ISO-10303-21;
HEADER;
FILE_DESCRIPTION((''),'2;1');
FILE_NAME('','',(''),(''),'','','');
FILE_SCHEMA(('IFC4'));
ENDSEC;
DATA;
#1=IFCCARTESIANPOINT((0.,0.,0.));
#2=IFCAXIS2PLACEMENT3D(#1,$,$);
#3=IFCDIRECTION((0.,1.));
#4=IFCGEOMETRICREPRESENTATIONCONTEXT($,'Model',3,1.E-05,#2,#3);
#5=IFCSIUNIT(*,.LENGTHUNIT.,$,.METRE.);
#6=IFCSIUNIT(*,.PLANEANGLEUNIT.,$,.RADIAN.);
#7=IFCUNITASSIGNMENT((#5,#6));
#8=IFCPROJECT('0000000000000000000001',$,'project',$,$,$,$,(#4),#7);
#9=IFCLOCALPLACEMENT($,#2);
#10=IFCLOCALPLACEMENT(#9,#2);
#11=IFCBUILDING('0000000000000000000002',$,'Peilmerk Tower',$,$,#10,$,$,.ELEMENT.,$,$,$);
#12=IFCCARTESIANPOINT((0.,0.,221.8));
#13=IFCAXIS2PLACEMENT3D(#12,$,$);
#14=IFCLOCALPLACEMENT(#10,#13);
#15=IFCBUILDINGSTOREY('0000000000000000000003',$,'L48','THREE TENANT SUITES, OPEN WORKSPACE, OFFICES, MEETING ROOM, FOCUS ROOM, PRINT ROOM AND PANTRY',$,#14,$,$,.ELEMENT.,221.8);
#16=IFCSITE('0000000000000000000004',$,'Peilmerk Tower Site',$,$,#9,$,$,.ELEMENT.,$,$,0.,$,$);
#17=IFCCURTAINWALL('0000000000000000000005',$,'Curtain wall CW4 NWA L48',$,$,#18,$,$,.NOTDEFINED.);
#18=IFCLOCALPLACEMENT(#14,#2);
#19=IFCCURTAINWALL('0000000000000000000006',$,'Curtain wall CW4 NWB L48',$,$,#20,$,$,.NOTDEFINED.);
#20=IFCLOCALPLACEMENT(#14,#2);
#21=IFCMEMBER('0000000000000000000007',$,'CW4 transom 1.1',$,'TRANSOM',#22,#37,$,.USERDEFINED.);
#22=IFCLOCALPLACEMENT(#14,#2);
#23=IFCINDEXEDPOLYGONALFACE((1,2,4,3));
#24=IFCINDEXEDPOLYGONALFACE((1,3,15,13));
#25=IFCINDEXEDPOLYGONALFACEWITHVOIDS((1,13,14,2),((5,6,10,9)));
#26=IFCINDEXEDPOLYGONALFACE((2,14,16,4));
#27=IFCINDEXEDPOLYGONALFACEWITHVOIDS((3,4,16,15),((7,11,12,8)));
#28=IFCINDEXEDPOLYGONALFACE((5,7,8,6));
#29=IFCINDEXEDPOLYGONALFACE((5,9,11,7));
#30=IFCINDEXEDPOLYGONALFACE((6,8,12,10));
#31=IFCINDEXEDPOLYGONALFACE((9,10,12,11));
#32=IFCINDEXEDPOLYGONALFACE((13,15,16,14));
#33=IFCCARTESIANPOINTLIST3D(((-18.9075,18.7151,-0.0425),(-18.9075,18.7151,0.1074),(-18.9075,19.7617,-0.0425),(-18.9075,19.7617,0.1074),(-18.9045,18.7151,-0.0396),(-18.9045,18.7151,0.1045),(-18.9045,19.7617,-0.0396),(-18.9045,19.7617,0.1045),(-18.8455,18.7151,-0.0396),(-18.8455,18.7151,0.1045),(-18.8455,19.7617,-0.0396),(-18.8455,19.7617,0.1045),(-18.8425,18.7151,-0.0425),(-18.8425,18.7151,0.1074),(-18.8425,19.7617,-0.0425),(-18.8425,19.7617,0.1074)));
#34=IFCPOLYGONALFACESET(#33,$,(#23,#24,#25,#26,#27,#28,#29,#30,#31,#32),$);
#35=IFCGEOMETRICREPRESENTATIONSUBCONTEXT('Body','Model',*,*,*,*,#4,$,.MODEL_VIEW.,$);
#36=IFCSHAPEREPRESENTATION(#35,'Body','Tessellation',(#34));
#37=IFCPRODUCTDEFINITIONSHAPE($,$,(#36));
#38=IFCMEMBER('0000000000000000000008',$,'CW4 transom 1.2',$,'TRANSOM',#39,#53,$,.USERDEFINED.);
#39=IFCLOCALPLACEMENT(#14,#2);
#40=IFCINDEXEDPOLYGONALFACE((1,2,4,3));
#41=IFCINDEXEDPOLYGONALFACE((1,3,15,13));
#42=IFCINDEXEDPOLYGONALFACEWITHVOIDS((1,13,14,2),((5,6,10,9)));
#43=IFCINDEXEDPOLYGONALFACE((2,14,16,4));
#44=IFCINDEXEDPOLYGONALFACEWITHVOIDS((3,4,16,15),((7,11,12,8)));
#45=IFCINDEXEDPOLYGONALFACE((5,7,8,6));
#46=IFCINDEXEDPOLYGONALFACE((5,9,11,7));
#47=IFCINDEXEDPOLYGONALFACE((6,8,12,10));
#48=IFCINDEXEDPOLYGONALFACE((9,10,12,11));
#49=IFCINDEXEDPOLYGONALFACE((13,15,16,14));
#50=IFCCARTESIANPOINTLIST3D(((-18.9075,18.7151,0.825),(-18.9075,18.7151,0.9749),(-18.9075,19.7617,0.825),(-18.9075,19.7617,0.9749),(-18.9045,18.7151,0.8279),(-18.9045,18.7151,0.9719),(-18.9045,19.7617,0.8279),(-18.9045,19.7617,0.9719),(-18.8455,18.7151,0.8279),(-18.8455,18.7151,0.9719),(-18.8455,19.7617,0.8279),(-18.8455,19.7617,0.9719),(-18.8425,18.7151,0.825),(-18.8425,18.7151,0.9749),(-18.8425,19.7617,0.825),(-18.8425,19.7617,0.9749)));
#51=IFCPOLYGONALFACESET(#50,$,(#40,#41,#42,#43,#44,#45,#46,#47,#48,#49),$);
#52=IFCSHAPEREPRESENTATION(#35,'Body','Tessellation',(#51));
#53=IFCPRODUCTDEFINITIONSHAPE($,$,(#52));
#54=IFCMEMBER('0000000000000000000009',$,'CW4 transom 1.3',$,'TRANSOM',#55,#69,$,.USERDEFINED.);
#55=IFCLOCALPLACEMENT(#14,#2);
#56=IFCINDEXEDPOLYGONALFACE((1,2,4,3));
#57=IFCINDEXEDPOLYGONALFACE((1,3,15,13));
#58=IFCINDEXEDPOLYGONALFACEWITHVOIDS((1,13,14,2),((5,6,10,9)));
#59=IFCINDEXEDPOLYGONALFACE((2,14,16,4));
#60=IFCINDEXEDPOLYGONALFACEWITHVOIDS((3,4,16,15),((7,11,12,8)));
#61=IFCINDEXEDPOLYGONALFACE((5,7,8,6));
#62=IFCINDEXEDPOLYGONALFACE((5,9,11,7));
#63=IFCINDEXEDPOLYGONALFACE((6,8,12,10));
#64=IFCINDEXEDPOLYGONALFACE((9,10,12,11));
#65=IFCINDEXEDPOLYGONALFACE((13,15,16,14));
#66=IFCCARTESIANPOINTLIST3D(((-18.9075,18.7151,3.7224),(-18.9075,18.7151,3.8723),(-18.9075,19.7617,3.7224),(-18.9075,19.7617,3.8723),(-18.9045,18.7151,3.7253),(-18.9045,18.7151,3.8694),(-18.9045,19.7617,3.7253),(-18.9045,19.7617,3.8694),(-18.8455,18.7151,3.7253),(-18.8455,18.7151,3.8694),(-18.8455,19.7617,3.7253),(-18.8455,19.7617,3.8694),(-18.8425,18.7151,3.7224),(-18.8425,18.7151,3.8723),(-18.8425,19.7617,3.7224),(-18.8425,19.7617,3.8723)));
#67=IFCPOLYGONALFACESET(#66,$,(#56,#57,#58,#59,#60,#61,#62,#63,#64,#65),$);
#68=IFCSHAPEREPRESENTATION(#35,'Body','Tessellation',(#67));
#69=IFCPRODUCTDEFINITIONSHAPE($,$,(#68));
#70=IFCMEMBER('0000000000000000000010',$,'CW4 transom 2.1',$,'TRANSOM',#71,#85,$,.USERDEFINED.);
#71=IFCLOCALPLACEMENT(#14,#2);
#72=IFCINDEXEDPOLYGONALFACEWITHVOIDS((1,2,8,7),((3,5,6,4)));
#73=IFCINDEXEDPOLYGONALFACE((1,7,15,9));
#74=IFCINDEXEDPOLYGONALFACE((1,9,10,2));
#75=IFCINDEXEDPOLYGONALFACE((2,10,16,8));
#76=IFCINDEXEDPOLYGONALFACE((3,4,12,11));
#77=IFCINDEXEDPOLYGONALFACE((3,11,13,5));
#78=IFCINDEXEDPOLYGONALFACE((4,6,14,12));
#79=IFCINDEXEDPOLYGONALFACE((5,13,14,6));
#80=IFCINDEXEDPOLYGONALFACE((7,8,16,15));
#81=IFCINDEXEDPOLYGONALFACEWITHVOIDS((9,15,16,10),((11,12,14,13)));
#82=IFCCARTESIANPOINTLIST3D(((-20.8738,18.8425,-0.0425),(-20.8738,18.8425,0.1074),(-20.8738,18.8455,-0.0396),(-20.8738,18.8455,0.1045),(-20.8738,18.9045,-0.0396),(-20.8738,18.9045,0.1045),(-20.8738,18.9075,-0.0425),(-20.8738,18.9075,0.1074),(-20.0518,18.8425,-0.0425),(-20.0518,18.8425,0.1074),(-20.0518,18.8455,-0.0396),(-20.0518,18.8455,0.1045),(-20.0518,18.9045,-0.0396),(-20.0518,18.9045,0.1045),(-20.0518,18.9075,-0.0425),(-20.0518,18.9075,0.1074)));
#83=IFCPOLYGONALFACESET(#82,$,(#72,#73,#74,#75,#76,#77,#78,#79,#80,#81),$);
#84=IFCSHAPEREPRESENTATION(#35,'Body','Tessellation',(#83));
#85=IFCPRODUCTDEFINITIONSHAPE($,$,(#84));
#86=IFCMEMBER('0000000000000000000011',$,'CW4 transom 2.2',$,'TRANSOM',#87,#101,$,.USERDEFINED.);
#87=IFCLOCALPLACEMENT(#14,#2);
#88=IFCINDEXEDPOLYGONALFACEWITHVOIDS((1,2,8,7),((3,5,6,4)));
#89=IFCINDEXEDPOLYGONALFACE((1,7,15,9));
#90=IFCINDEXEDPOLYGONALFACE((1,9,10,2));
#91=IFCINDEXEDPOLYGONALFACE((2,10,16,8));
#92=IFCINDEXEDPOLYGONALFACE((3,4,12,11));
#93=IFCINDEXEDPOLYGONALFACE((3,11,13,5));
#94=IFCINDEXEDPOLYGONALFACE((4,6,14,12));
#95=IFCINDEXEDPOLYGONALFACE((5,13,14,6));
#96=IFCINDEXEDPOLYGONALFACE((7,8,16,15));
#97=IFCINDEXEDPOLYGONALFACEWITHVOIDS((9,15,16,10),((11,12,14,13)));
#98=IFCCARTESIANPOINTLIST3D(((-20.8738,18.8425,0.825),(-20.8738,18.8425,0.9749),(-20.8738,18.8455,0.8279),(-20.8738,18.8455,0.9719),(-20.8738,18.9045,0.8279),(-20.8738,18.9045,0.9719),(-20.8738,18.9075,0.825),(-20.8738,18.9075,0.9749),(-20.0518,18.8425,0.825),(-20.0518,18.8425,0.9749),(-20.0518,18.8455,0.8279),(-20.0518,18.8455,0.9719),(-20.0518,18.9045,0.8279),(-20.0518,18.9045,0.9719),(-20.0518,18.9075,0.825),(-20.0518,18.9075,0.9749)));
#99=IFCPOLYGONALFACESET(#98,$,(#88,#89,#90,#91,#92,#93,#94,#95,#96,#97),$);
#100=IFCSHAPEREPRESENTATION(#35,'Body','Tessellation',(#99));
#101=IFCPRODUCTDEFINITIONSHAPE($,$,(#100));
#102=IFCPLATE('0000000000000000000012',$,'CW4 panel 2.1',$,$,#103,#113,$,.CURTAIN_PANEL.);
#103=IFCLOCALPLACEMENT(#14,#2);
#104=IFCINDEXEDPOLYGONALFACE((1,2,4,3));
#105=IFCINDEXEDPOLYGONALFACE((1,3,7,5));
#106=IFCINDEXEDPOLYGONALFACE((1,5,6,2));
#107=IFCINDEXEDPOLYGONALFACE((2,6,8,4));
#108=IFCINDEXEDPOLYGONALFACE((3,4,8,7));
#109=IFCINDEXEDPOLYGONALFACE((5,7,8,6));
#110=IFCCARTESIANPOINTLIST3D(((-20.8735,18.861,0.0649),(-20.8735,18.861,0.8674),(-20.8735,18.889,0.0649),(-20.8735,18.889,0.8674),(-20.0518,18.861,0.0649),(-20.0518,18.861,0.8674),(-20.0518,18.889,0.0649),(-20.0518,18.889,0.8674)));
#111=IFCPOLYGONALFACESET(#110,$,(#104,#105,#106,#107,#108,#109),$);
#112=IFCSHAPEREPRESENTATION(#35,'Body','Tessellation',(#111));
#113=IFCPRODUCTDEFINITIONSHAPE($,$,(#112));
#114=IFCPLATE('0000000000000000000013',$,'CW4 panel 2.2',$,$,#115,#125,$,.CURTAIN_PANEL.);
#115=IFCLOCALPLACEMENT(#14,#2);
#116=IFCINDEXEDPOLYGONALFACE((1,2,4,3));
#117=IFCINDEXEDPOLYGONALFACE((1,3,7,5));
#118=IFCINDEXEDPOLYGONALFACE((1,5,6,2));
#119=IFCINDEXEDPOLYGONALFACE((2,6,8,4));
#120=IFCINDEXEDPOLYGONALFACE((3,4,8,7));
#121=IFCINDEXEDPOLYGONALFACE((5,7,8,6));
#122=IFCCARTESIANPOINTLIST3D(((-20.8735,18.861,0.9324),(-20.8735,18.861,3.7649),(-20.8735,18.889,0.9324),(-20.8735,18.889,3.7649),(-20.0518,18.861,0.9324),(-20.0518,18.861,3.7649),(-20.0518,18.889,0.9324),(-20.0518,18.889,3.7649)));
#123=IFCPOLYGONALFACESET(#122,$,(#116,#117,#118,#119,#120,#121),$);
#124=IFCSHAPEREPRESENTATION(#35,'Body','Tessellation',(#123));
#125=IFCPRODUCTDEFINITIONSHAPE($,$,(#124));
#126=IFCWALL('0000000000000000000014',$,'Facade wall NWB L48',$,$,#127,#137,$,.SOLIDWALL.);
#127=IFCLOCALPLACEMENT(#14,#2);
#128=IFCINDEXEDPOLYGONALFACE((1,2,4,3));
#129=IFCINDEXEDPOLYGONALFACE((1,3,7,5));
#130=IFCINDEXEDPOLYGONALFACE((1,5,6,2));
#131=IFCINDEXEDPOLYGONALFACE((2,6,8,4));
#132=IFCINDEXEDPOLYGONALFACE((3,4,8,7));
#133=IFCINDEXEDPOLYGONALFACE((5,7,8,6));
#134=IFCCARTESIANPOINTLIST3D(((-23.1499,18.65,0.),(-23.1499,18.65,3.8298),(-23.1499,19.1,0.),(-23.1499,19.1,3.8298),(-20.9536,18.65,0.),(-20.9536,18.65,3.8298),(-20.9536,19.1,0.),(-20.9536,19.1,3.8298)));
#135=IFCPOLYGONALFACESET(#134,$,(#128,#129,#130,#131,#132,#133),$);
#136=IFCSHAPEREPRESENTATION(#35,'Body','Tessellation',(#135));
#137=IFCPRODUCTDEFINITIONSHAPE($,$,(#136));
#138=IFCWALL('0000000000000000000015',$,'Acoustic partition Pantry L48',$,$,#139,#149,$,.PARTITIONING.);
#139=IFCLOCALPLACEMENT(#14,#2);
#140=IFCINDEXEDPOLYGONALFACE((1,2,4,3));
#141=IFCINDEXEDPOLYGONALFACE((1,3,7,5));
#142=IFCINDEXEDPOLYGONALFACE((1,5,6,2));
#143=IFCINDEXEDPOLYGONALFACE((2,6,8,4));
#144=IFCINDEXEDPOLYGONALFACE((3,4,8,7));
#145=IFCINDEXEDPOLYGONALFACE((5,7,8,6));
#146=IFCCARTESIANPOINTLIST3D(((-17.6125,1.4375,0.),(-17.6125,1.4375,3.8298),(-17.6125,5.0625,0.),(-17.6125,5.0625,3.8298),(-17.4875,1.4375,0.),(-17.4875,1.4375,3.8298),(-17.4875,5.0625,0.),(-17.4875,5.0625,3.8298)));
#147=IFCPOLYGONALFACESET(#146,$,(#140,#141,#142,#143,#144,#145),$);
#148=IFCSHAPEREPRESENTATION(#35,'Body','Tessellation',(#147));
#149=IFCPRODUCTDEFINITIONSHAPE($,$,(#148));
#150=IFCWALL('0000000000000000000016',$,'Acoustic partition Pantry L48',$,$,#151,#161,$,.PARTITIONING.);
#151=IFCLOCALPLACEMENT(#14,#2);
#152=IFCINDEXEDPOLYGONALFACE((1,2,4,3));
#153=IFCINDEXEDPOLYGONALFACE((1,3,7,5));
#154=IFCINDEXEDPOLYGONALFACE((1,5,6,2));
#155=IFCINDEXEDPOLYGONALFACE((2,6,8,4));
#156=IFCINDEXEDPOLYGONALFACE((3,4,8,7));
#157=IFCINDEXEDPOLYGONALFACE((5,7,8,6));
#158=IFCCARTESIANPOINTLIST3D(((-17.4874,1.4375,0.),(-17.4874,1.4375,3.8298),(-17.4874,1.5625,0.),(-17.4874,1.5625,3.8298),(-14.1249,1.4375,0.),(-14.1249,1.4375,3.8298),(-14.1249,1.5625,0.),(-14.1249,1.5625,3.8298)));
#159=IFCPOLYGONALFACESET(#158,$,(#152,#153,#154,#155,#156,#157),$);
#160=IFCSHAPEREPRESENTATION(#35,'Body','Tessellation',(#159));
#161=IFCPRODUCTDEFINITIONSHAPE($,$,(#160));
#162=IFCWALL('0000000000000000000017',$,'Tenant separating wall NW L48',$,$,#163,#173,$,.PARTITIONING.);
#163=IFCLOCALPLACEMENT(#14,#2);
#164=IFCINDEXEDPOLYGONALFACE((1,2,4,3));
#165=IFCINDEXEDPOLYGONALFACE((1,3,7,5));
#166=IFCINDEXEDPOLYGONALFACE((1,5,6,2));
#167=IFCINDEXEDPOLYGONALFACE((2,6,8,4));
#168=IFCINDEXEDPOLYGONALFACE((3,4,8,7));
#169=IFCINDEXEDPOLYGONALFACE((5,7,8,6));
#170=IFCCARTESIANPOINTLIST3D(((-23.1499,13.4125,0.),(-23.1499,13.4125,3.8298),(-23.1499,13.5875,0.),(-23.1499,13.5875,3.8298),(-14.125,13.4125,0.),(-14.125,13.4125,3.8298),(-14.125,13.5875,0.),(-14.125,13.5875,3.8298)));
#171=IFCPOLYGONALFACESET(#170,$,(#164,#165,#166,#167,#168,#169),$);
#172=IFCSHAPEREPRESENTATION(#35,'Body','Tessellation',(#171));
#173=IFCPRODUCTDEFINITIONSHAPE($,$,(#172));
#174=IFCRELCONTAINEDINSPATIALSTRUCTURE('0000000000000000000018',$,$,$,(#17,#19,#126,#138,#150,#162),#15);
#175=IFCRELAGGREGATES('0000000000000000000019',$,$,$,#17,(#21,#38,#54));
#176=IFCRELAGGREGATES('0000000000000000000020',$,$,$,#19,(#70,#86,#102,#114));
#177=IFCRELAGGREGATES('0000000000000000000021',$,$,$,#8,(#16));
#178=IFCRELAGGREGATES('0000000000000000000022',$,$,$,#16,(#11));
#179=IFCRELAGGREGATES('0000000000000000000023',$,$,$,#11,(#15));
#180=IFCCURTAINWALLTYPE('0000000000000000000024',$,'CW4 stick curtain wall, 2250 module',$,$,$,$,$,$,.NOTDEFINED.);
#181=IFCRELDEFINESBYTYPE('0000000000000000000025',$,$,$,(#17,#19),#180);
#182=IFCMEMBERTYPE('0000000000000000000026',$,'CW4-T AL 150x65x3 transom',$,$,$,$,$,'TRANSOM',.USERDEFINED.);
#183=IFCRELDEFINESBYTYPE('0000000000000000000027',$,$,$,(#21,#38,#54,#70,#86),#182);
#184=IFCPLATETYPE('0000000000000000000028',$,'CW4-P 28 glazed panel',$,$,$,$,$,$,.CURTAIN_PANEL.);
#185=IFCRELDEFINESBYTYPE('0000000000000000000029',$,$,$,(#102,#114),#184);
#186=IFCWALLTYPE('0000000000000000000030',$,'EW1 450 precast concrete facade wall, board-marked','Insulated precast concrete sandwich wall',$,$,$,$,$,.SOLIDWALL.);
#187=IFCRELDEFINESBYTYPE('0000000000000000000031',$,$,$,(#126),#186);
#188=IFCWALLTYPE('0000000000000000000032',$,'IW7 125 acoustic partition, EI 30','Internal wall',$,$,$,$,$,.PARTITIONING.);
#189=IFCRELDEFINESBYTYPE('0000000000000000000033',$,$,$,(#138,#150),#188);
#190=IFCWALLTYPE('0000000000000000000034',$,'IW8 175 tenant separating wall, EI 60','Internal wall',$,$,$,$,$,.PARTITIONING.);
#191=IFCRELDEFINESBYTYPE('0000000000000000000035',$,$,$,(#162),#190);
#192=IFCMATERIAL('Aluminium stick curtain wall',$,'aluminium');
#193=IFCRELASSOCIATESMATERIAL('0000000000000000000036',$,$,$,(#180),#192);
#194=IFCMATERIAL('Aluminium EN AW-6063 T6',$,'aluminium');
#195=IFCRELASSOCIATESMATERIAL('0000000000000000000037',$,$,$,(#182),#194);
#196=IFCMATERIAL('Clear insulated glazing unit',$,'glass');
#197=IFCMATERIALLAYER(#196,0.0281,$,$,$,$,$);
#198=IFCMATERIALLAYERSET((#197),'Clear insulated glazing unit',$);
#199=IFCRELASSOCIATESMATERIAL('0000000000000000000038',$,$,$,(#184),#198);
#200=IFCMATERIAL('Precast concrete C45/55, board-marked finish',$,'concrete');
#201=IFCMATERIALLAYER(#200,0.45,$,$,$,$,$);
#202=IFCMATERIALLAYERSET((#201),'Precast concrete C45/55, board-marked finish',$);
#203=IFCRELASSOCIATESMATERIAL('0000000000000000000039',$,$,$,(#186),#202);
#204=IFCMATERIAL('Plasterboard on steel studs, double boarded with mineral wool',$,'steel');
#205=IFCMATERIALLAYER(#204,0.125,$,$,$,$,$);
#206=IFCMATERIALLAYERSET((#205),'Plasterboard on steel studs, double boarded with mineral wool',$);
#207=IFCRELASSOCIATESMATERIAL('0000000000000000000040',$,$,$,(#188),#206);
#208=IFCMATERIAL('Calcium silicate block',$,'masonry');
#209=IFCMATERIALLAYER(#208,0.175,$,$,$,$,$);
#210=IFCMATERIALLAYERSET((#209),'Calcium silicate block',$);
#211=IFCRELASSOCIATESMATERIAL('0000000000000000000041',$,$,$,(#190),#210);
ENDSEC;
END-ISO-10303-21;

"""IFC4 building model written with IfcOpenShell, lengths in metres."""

from ifc_helpers import new_model, si_unit, direction, frame, frame_2d, origin, origin_2d, place, context, subcontext, project, spatial, rectangle, hollow_rectangle, extrude, material, layer, layer_set, material_profile, profile_set, type_object, element, aggregate, save


model = new_model("IFC4")

# Units and contexts
model_context = context("Model", 3, precision=1e-05, world=origin(), true_north=direction((0.0, 1.0)))
body_context = subcontext(model_context, "Body", "Model", "MODEL_VIEW")
ifc_project = project(units=[si_unit("LENGTHUNIT", "METRE"), si_unit("PLANEANGLEUNIT", "RADIAN")], contexts=[model_context])

# Site, building, storey
site_placement = place(None, origin())
site = spatial("IfcSite", under=ifc_project, at=site_placement, Name="Peilmerk Tower Site", CompositionType="ELEMENT", RefElevation=0.0)
building_placement = place(site_placement, origin())
building = spatial("IfcBuilding", under=site, at=building_placement, Name="Peilmerk Tower", CompositionType="ELEMENT")
storey_placement = place(building_placement, frame((0.0, 0.0, 221.8)))
storey = spatial("IfcBuildingStorey", under=building, at=storey_placement, Name="L48", Description="THREE TENANT SUITES, OPEN WORKSPACE, OFFICES, MEETING ROOM, FOCUS ROOM, PRINT ROOM AND PANTRY", CompositionType="ELEMENT", Elevation=221.8)

# Curtain walls
ifc_material_1 = material(Name="Aluminium stick curtain wall", Category="aluminium")
curtain_wall_type = type_object("IfcCurtainWallType", Name="CW4 stick curtain wall, 2250 module", PredefinedType="NOTDEFINED", material=ifc_material_1)
curtain_wall_1_placement = place(storey_placement, origin())
curtain_wall_1 = element("IfcCurtainWall", 1, at=curtain_wall_1_placement, inside=storey, type_object=curtain_wall_type, Name="Curtain wall CW4 NWA L48", PredefinedType="NOTDEFINED")
ifc_material_2 = material(Name="Aluminium EN AW-6063 T6", Category="aluminium")
curtain_wall_2_placement = place(storey_placement, origin())
curtain_wall_2 = element("IfcCurtainWall", 2, at=curtain_wall_2_placement, inside=storey, type_object=curtain_wall_type, Name="Curtain wall CW4 NWB L48", PredefinedType="NOTDEFINED")

# Members
ifc_material_profile_1 = material_profile(ifc_material_2, hollow_rectangle(XDim=0.0649, YDim=0.1499, WallThickness=0.0029, at=origin_2d()), Name="AL 150x65x3")
ifc_profile_set_1 = profile_set([ifc_material_profile_1], Name="Aluminium EN AW-6063 T6")
member_type_1 = type_object("IfcMemberType", Name="CW4-T AL 150x65x3 transom", ElementType="TRANSOM", PredefinedType="USERDEFINED", material=ifc_profile_set_1)
member_1_placement = place(storey_placement, frame((-18.875, 18.7151, 0.0325), z_axis=(0.0, 1.0, 0.0), x_axis=(-1.0, 0.0, 0.0)))
member_1 = element("IfcMember", 3, at=member_1_placement, type_object=member_type_1, Name="CW4 transom 1.1", ObjectType="TRANSOM", PredefinedType="USERDEFINED", context=body_context, shape_type="SweptSolid", body=[
    extrude(hollow_rectangle(XDim=0.0649, YDim=0.1499, WallThickness=0.0029, at=origin_2d()), origin(), (0.0, 0.0, 1.0), 1.0466),
])
member_2_placement = place(storey_placement, frame((-18.875, 18.7151, 0.8999), z_axis=(0.0, 1.0, 0.0), x_axis=(-1.0, 0.0, 0.0)))
member_2 = element("IfcMember", 4, at=member_2_placement, type_object=member_type_1, Name="CW4 transom 1.2", ObjectType="TRANSOM", PredefinedType="USERDEFINED", context=body_context, shape_type="SweptSolid", body=[
    extrude(hollow_rectangle(XDim=0.0649, YDim=0.1499, WallThickness=0.0029, at=origin_2d()), origin(), (0.0, 0.0, 1.0), 1.0466),
])
member_3_placement = place(storey_placement, frame((-18.875, 18.7151, 3.7974), z_axis=(0.0, 1.0, 0.0), x_axis=(-1.0, 0.0, 0.0)))
member_3 = element("IfcMember", 5, at=member_3_placement, type_object=member_type_1, Name="CW4 transom 1.3", ObjectType="TRANSOM", PredefinedType="USERDEFINED", context=body_context, shape_type="SweptSolid", body=[
    extrude(hollow_rectangle(XDim=0.0649, YDim=0.1499, WallThickness=0.0029, at=origin_2d()), origin(), (0.0, 0.0, 1.0), 1.0466),
])
aggregate(curtain_wall_1, [member_1, member_2, member_3])
member_4_placement = place(storey_placement, frame((-20.0518, 18.875, 0.0325), z_axis=(-1.0, 0.0, 0.0), x_axis=(0.0, -1.0, 0.0)))
member_4 = element("IfcMember", 6, at=member_4_placement, type_object=member_type_1, Name="CW4 transom 2.1", ObjectType="TRANSOM", PredefinedType="USERDEFINED", context=body_context, shape_type="SweptSolid", body=[
    extrude(hollow_rectangle(XDim=0.0649, YDim=0.1499, WallThickness=0.0029, at=origin_2d()), origin(), (0.0, 0.0, 1.0), 0.822),
])
member_5_placement = place(storey_placement, frame((-20.0518, 18.875, 0.8999), z_axis=(-1.0, 0.0, 0.0), x_axis=(0.0, -1.0, 0.0)))
member_5 = element("IfcMember", 7, at=member_5_placement, type_object=member_type_1, Name="CW4 transom 2.2", ObjectType="TRANSOM", PredefinedType="USERDEFINED", context=body_context, shape_type="SweptSolid", body=[
    extrude(hollow_rectangle(XDim=0.0649, YDim=0.1499, WallThickness=0.0029, at=origin_2d()), origin(), (0.0, 0.0, 1.0), 0.822),
])

# Plates
ifc_material_3 = material(Name="Clear insulated glazing unit", Category="glass")
ifc_layer_1 = layer(ifc_material_3, 0.0281)
ifc_layer_set_1 = layer_set([ifc_layer_1], Name="Clear insulated glazing unit")
plate_type = type_object("IfcPlateType", Name="CW4-P 28 glazed panel", PredefinedType="CURTAIN_PANEL", material=ifc_layer_set_1)
plate_1_placement = place(storey_placement, frame((-20.4626, 18.875, 0.0649), z_axis=(0.0, 0.0, 1.0), x_axis=(-1.0, 0.0, 0.0)))
plate_1 = element("IfcPlate", 8, at=plate_1_placement, type_object=plate_type, Name="CW4 panel 2.1", PredefinedType="CURTAIN_PANEL", context=body_context, shape_type="SweptSolid", body=[
    extrude(rectangle(XDim=0.8218, YDim=0.0281, at=origin_2d()), origin(), (0.0, 0.0, 1.0), 0.8025),
])
plate_2_placement = place(storey_placement, frame((-20.4626, 18.875, 0.9324), z_axis=(0.0, 0.0, 1.0), x_axis=(-1.0, 0.0, 0.0)))
plate_2 = element("IfcPlate", 9, at=plate_2_placement, type_object=plate_type, Name="CW4 panel 2.2", PredefinedType="CURTAIN_PANEL", context=body_context, shape_type="SweptSolid", body=[
    extrude(rectangle(XDim=0.8218, YDim=0.0281, at=origin_2d()), origin(), (0.0, 0.0, 1.0), 2.8325),
])
aggregate(curtain_wall_2, [member_4, member_5, plate_1, plate_2])

# Walls
ifc_material_4 = material(Name="Precast concrete C45/55, board-marked finish", Category="concrete")
ifc_layer_2 = layer(ifc_material_4, 0.45)
ifc_layer_set_2 = layer_set([ifc_layer_2], Name="Precast concrete C45/55, board-marked finish")
wall_type_1 = type_object("IfcWallType", Name="EW1 450 precast concrete facade wall, board-marked", Description="Insulated precast concrete sandwich wall", PredefinedType="SOLIDWALL", material=ifc_layer_set_2)
wall_1_placement = place(storey_placement, frame((-20.9536, 18.875, 0.0), z_axis=(0.0, 0.0, 1.0), x_axis=(-1.0, 0.0, 0.0)))
element("IfcWall", 10, at=wall_1_placement, inside=storey, type_object=wall_type_1, Name="Facade wall NWB L48", PredefinedType="SOLIDWALL", context=body_context, shape_type="SweptSolid", body=[
    extrude(rectangle(XDim=2.1963, YDim=0.45, at=frame_2d((1.0981, 0.0))), origin(), (0.0, 0.0, 1.0), 3.8298),
])
ifc_material_5 = material(Name="Plasterboard on steel studs, double boarded with mineral wool", Category="steel")
ifc_layer_3 = layer(ifc_material_5, 0.125)
ifc_layer_set_3 = layer_set([ifc_layer_3], Name="Plasterboard on steel studs, double boarded with mineral wool")
wall_type_2 = type_object("IfcWallType", Name="IW7 125 acoustic partition, EI 30", Description="Internal wall", PredefinedType="PARTITIONING", material=ifc_layer_set_3)
wall_2_placement = place(storey_placement, frame((-17.55, 1.4375, 0.0), z_axis=(0.0, 0.0, 1.0), x_axis=(0.0, 1.0, 0.0)))
element("IfcWall", 11, at=wall_2_placement, inside=storey, type_object=wall_type_2, Name="Acoustic partition Pantry L48", PredefinedType="PARTITIONING", context=body_context, shape_type="SweptSolid", body=[
    extrude(rectangle(XDim=3.625, YDim=0.125, at=frame_2d((1.8125, 0.0))), origin(), (0.0, 0.0, 1.0), 3.8298),
])
wall_3_placement = place(storey_placement, frame((-14.125, 1.5, 0.0), z_axis=(0.0, 0.0, 1.0), x_axis=(-1.0, 0.0, 0.0)))
element("IfcWall", 12, at=wall_3_placement, inside=storey, type_object=wall_type_2, Name="Acoustic partition Pantry L48", PredefinedType="PARTITIONING", context=body_context, shape_type="SweptSolid", body=[
    extrude(rectangle(XDim=3.3625, YDim=0.125, at=frame_2d((1.6812, 0.0))), origin(), (0.0, 0.0, 1.0), 3.8298),
])
ifc_material_6 = material(Name="Calcium silicate block", Category="masonry")
ifc_layer_4 = layer(ifc_material_6, 0.175)
ifc_layer_set_4 = layer_set([ifc_layer_4], Name="Calcium silicate block")
wall_type_3 = type_object("IfcWallType", Name="IW8 175 tenant separating wall, EI 60", Description="Internal wall", PredefinedType="PARTITIONING", material=ifc_layer_set_4)
wall_4_placement = place(storey_placement, frame((-23.1499, 13.5, 0.0), z_axis=(0.0, 0.0, 1.0), x_axis=(1.0, 0.0, 0.0)))
element("IfcWall", 13, at=wall_4_placement, inside=storey, type_object=wall_type_3, Name="Tenant separating wall NW L48", PredefinedType="PARTITIONING", context=body_context, shape_type="SweptSolid", body=[
    extrude(rectangle(XDim=9.0249, YDim=0.175, at=frame_2d((4.5125, 0.0))), origin(), (0.0, 0.0, 1.0), 3.8298),
])

save(model, "model.ifc")
